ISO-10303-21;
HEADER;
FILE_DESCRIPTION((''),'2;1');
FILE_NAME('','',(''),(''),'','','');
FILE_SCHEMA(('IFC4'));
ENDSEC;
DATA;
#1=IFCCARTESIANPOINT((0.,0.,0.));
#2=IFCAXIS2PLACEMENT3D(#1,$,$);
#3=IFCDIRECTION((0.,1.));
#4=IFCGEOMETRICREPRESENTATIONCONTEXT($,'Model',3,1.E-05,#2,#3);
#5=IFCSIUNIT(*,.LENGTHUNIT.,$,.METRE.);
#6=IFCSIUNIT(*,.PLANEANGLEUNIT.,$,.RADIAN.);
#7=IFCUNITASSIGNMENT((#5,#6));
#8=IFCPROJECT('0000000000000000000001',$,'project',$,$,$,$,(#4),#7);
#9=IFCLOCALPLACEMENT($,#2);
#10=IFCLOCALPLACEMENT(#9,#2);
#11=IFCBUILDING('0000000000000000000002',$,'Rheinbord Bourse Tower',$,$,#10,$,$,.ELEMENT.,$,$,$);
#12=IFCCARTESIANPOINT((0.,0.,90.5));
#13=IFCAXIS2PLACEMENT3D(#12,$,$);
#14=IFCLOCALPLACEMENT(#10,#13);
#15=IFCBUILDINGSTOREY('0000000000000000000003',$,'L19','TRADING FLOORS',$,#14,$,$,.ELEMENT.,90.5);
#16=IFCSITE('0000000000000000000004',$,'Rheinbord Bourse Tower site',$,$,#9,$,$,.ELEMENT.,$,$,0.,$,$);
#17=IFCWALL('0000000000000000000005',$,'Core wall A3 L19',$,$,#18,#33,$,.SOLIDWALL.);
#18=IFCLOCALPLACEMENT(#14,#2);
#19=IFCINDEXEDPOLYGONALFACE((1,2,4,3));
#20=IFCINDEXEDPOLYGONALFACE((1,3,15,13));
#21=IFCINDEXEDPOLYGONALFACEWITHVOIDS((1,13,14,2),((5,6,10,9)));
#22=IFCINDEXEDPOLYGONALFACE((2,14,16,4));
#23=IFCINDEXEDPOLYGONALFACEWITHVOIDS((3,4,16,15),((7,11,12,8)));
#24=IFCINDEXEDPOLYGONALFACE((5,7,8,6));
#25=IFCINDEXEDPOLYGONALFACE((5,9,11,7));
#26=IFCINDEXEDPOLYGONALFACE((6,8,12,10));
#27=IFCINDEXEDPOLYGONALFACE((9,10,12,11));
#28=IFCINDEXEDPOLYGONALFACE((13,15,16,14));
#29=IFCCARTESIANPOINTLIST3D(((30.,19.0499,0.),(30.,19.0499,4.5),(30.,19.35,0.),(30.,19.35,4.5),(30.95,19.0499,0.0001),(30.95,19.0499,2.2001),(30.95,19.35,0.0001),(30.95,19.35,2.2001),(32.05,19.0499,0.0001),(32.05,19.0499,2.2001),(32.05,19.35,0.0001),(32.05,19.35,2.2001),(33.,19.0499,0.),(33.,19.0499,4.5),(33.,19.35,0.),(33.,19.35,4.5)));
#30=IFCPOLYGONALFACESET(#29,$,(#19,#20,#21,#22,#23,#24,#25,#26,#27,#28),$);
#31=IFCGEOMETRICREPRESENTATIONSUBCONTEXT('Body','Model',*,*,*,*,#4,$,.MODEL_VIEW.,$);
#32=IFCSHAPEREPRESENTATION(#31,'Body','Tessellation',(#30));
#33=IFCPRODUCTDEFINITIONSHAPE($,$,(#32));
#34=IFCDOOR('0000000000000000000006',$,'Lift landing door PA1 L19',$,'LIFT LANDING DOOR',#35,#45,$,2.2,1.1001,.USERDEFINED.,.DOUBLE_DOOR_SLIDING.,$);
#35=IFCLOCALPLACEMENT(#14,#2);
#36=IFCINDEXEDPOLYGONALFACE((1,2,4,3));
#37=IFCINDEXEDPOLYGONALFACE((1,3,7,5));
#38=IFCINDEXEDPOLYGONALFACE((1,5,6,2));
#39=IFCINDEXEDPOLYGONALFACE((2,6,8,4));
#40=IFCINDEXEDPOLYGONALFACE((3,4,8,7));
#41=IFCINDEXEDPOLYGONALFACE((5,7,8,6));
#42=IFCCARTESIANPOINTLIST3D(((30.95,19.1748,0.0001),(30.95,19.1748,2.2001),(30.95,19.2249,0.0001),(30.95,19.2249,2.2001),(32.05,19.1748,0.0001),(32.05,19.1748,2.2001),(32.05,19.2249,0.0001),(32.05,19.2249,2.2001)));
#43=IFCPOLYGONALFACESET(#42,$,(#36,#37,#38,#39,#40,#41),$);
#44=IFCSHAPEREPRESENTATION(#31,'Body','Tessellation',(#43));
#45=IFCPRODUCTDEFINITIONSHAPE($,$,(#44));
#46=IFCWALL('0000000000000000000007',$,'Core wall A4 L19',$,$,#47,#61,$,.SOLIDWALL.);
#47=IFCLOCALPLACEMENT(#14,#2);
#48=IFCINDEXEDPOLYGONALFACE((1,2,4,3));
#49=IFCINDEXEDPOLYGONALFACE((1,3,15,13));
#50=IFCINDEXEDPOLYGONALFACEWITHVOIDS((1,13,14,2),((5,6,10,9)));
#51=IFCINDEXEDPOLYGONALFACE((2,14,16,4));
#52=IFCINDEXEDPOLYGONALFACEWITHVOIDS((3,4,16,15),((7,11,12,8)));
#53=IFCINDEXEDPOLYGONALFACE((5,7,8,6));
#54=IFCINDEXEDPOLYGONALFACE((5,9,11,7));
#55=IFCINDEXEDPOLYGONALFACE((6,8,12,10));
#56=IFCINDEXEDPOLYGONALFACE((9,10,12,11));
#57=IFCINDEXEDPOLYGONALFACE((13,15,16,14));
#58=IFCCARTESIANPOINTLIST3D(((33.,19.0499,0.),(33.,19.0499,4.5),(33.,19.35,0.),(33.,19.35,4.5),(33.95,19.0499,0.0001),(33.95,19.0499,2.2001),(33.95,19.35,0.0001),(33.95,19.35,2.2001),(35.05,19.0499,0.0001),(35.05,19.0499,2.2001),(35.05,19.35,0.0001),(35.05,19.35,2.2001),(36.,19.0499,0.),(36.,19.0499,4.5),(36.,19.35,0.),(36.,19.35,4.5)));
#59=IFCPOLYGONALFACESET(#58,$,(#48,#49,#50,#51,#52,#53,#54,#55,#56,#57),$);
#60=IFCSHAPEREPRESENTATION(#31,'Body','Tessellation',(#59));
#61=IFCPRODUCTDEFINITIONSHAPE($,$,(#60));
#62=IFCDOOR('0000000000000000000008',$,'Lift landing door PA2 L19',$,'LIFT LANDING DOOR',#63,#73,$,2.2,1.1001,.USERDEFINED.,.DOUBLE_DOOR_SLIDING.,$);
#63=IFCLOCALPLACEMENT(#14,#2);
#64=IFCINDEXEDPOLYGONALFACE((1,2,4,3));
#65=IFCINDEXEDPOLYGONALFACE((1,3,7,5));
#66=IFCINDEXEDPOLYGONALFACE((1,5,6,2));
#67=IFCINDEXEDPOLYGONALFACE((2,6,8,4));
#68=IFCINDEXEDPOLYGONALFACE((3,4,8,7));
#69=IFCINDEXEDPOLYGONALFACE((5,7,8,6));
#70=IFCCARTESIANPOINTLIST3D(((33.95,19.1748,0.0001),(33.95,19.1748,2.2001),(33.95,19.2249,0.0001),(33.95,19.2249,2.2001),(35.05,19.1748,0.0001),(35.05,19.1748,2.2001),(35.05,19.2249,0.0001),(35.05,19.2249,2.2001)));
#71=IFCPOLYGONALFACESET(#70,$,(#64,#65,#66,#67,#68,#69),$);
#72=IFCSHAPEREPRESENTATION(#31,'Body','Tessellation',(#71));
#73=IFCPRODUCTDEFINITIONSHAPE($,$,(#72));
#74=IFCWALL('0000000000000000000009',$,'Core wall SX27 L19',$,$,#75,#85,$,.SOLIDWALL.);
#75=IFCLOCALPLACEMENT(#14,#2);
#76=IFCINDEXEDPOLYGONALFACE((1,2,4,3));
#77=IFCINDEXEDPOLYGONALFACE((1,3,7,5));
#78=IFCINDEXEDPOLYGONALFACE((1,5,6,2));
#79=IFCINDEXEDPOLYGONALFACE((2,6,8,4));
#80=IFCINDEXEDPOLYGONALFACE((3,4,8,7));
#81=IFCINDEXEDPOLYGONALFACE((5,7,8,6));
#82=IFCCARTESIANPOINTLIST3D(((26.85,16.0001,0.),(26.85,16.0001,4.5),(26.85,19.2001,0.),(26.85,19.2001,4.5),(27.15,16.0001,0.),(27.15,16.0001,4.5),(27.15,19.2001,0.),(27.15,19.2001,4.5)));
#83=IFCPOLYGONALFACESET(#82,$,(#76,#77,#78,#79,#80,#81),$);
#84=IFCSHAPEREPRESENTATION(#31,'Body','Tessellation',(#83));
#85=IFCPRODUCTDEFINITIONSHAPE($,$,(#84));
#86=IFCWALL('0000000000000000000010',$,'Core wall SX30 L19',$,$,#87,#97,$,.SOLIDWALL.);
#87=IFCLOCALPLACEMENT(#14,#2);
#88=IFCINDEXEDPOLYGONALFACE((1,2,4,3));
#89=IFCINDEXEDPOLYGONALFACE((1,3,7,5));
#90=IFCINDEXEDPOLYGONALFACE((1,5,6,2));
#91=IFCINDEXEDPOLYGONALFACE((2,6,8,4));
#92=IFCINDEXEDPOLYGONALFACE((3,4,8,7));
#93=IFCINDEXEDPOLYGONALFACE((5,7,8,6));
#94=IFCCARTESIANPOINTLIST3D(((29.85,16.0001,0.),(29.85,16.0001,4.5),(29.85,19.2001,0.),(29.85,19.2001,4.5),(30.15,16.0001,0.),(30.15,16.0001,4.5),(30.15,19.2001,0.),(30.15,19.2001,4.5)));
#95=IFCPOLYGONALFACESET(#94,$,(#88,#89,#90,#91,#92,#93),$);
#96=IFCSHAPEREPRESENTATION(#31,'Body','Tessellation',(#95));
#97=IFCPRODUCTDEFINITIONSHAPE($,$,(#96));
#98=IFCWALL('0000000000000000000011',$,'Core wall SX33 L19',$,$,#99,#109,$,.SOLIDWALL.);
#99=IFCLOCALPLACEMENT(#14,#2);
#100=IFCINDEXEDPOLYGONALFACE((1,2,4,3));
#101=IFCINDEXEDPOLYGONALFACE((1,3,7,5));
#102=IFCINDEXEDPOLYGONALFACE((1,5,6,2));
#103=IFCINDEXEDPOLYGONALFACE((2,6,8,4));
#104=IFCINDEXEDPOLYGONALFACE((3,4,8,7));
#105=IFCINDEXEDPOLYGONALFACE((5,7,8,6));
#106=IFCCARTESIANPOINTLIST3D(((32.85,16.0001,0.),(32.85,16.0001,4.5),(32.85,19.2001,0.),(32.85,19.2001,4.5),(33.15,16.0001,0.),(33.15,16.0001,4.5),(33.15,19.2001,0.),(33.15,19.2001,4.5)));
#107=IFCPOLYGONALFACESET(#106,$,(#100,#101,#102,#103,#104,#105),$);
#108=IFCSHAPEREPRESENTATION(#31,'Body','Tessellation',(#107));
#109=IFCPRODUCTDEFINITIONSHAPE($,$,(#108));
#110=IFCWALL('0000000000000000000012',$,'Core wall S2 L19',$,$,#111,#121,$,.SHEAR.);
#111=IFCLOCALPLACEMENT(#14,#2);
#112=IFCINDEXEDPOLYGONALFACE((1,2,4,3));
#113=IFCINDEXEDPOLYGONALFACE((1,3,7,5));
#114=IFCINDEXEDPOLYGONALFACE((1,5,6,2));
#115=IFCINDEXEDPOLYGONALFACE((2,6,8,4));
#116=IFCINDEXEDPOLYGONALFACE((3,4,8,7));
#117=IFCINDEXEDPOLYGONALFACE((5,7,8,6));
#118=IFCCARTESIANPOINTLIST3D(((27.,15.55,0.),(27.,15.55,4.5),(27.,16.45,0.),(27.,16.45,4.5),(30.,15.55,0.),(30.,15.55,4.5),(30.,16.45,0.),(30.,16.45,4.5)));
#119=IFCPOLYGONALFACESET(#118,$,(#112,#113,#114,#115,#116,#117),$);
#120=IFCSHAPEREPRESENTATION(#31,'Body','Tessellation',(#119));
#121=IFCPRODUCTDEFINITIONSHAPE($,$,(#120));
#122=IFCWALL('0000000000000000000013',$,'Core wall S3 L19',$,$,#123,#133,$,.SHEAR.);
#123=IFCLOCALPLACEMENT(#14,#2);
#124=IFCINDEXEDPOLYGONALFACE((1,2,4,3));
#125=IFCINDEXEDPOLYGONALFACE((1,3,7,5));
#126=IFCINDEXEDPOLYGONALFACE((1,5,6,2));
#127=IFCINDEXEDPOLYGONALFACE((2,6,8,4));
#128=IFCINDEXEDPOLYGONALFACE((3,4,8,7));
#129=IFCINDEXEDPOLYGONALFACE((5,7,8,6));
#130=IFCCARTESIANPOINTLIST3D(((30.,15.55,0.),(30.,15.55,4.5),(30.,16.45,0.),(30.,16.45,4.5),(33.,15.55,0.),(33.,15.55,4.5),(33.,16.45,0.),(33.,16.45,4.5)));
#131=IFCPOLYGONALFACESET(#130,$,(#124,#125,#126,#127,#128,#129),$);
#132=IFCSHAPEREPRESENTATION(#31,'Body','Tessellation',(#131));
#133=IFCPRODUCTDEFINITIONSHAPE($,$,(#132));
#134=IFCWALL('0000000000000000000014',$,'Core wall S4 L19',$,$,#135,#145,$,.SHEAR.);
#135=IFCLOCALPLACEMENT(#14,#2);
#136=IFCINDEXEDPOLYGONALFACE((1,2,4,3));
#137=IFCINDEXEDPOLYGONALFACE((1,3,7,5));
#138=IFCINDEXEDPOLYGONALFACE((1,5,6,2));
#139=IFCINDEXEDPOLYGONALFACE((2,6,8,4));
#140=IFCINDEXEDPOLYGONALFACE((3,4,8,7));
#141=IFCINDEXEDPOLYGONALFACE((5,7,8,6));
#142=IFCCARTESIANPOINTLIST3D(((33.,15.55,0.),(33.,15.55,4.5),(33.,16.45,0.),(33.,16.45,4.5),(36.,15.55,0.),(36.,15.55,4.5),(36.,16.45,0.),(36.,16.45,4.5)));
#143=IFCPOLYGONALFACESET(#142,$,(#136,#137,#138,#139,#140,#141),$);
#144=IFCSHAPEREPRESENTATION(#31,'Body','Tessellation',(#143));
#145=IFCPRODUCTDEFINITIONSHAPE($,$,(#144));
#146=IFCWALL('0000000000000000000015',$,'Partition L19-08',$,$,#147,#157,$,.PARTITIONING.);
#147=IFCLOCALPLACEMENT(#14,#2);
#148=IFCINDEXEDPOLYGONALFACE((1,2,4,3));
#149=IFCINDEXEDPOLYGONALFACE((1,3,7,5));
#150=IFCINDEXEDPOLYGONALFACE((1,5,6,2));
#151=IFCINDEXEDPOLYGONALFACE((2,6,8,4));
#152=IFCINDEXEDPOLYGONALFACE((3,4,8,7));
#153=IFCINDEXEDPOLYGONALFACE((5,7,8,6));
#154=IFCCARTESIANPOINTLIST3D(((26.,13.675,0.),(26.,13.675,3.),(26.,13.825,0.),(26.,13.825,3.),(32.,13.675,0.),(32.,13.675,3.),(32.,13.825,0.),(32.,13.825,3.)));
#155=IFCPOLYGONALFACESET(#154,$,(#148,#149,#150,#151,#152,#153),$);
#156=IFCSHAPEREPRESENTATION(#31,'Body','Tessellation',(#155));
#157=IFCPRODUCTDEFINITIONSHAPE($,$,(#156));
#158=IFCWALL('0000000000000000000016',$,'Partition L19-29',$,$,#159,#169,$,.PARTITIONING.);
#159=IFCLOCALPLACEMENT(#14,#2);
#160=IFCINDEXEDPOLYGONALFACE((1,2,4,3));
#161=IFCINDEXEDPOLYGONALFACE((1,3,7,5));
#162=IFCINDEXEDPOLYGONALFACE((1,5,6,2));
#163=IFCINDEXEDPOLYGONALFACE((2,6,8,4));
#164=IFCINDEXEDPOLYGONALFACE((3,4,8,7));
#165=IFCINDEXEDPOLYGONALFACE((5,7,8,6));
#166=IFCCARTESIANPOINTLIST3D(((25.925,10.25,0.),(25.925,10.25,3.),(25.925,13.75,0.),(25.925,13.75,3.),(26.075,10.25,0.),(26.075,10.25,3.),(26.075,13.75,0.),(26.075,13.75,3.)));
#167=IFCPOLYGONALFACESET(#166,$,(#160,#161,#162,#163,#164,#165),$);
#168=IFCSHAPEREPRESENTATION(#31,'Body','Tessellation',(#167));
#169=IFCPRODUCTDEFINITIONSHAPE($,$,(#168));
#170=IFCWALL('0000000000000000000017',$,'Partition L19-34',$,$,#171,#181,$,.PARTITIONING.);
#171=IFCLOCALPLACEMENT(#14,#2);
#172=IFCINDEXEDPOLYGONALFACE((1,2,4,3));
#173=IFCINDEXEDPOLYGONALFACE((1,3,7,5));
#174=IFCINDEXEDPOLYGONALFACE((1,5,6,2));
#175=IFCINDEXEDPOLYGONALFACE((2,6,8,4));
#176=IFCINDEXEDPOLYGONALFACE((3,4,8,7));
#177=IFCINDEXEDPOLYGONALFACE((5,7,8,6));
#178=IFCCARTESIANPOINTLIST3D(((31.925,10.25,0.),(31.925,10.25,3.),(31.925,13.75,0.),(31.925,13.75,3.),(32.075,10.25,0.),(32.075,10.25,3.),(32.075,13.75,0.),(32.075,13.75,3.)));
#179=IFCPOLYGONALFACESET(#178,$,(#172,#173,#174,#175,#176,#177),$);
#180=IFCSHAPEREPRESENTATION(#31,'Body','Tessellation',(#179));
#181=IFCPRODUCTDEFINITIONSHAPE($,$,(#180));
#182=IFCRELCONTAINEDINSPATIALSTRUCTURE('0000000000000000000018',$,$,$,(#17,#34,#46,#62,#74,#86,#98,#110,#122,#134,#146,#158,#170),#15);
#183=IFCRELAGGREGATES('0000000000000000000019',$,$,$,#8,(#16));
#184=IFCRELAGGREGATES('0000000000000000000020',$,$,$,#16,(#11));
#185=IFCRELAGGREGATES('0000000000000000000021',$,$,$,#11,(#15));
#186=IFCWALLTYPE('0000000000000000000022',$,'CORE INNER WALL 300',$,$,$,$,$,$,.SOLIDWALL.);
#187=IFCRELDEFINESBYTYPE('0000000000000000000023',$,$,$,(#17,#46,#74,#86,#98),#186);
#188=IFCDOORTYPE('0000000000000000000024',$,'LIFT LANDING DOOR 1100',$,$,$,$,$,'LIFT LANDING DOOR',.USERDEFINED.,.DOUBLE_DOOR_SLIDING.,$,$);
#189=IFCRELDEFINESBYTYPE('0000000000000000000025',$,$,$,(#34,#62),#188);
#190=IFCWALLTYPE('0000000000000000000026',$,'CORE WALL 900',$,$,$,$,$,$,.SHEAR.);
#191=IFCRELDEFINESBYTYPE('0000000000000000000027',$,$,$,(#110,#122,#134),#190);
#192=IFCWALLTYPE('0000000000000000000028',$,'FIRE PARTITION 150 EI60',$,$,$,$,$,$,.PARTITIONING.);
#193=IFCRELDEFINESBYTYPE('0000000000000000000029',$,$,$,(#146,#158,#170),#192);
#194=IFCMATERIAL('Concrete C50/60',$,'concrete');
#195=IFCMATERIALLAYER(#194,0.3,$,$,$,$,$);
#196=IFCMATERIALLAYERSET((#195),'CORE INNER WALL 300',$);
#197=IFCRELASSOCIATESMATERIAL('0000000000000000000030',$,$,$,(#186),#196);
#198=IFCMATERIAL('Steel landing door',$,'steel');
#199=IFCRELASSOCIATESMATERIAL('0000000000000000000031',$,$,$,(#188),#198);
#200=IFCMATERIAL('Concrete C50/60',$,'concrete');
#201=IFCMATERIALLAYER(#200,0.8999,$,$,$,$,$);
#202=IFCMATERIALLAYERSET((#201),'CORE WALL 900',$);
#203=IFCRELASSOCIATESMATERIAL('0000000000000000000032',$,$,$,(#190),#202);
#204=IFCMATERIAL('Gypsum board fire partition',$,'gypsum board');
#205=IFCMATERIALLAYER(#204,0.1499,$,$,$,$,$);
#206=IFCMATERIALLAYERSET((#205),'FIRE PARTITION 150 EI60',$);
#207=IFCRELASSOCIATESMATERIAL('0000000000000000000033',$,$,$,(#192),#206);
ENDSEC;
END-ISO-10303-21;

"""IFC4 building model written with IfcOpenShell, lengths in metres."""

from ifc_helpers import new_model, si_unit, direction, frame, frame_2d, origin, place, context, subcontext, project, spatial, rectangle, extrude, material, layer, layer_set, type_object, element, fill, save


model = new_model("IFC4")

# Units and contexts
model_context = context("Model", 3, precision=1e-05, world=origin(), true_north=direction((0.0, 1.0)))
body_context = subcontext(model_context, "Body", "Model", "MODEL_VIEW")
ifc_project = project(units=[si_unit("LENGTHUNIT", "METRE"), si_unit("PLANEANGLEUNIT", "RADIAN")], contexts=[model_context])

# Site, building, storey
site_placement = place(None, origin())
site = spatial("IfcSite", under=ifc_project, at=site_placement, Name="Rheinbord Bourse Tower site", CompositionType="ELEMENT", RefElevation=0.0)
building_placement = place(site_placement, origin())
building = spatial("IfcBuilding", under=site, at=building_placement, Name="Rheinbord Bourse Tower", CompositionType="ELEMENT")
storey_placement = place(building_placement, frame((0.0, 0.0, 90.5)))
storey = spatial("IfcBuildingStorey", under=building, at=storey_placement, Name="L19", Description="TRADING FLOORS", CompositionType="ELEMENT", Elevation=90.5)

# Walls, openings, doors
ifc_material_1 = material(Name="Concrete C50/60", Category="concrete")
ifc_layer_1 = layer(ifc_material_1, 0.3)
ifc_layer_set_1 = layer_set([ifc_layer_1], Name="CORE INNER WALL 300")
wall_type_1 = type_object("IfcWallType", Name="CORE INNER WALL 300", PredefinedType="SOLIDWALL", material=ifc_layer_set_1)
ifc_material_2 = material(Name="Steel landing door", Category="steel")
door_type_1 = type_object("IfcDoorType", Name="LIFT LANDING DOOR 1100", ElementType="LIFT LANDING DOOR", OperationType="DOUBLE_DOOR_SLIDING", PredefinedType="USERDEFINED", material=ifc_material_2)
wall_1_placement = place(storey_placement, frame((30.0, 19.2, 0.0), z_axis=(0.0, 0.0, 1.0), x_axis=(1.0, 0.0, 0.0)))
wall_1 = element("IfcWall", 1, at=wall_1_placement, inside=storey, type_object=wall_type_1, Name="Core wall A3 L19", PredefinedType="SOLIDWALL", context=body_context, shape_type="SweptSolid", body=[
    extrude(rectangle(XDim=3.0, YDim=0.3, at=frame_2d((1.5, 0.0))), origin(), (0.0, 0.0, 1.0), 4.5),
])
opening_1_placement = place(wall_1_placement, frame((0.95, 0.0, 0.0)))
opening_1 = element("IfcOpeningElement", 2, at=opening_1_placement, cuts=wall_1, PredefinedType="OPENING", context=body_context, shape_type="SweptSolid", body=[
    extrude(rectangle(XDim=1.1001, YDim=2.2, at=frame_2d((0.55, 1.1001))), frame((0.0, 0.1599, 0.0), z_axis=(0.0, -1.0, 0.0), x_axis=(1.0, 0.0, 0.0)), (0.0, 0.0, 1.0), 0.3201),
])
door_1_placement = place(opening_1_placement, origin())
door_1 = element("IfcDoor", 3, at=door_1_placement, inside=storey, type_object=door_type_1, Name="Lift landing door PA1 L19", ObjectType="LIFT LANDING DOOR", OperationType="DOUBLE_DOOR_SLIDING", OverallHeight=2.2, OverallWidth=1.1001, PredefinedType="USERDEFINED", context=body_context, shape_type="SweptSolid", body=[
    extrude(rectangle(XDim=1.1001, YDim=2.2, at=frame_2d((0.55, 1.1001))), frame((0.0, 0.0249, 0.0), z_axis=(0.0, -1.0, 0.0), x_axis=(1.0, 0.0, 0.0)), (0.0, 0.0, 1.0), 0.05),
])
fill(opening_1, door_1)
wall_2_placement = place(storey_placement, frame((33.0, 19.2, 0.0), z_axis=(0.0, 0.0, 1.0), x_axis=(1.0, 0.0, 0.0)))
wall_2 = element("IfcWall", 4, at=wall_2_placement, inside=storey, type_object=wall_type_1, Name="Core wall A4 L19", PredefinedType="SOLIDWALL", context=body_context, shape_type="SweptSolid", body=[
    extrude(rectangle(XDim=3.0, YDim=0.3, at=frame_2d((1.5, 0.0))), origin(), (0.0, 0.0, 1.0), 4.5),
])
opening_2_placement = place(wall_2_placement, frame((0.95, 0.0, 0.0)))
opening_2 = element("IfcOpeningElement", 5, at=opening_2_placement, cuts=wall_2, PredefinedType="OPENING", context=body_context, shape_type="SweptSolid", body=[
    extrude(rectangle(XDim=1.1001, YDim=2.2, at=frame_2d((0.55, 1.1001))), frame((0.0, 0.1599, 0.0), z_axis=(0.0, -1.0, 0.0), x_axis=(1.0, 0.0, 0.0)), (0.0, 0.0, 1.0), 0.3201),
])
door_2_placement = place(opening_2_placement, origin())
door_2 = element("IfcDoor", 6, at=door_2_placement, inside=storey, type_object=door_type_1, Name="Lift landing door PA2 L19", ObjectType="LIFT LANDING DOOR", OperationType="DOUBLE_DOOR_SLIDING", OverallHeight=2.2, OverallWidth=1.1001, PredefinedType="USERDEFINED", context=body_context, shape_type="SweptSolid", body=[
    extrude(rectangle(XDim=1.1001, YDim=2.2, at=frame_2d((0.55, 1.1001))), frame((0.0, 0.0249, 0.0), z_axis=(0.0, -1.0, 0.0), x_axis=(1.0, 0.0, 0.0)), (0.0, 0.0, 1.0), 0.05),
])
fill(opening_2, door_2)

# Walls
for number, where, z_axis, x_axis, name in (
    (7, (27.0, 16.0, 0.0), (0.0, 0.0, 1.0), (0.0, 1.0, 0.0), "Core wall SX27 L19"),
    (8, (30.0, 16.0, 0.0), (0.0, 0.0, 1.0), (0.0, 1.0, 0.0), "Core wall SX30 L19"),
    (9, (33.0, 16.0, 0.0), (0.0, 0.0, 1.0), (0.0, 1.0, 0.0), "Core wall SX33 L19"),
):
    element("IfcWall", number, at=place(storey_placement, frame(where, z_axis=z_axis, x_axis=x_axis)), inside=storey, type_object=wall_type_1, Name=name, PredefinedType="SOLIDWALL", context=body_context, shape_type="SweptSolid", body=[
        extrude(rectangle(XDim=3.2, YDim=0.3, at=frame_2d((1.6001, 0.0))), origin(), (0.0, 0.0, 1.0), 4.5),
    ])
ifc_material_3 = material(Name="Concrete C50/60", Category="concrete")
ifc_layer_2 = layer(ifc_material_3, 0.8999)
ifc_layer_set_2 = layer_set([ifc_layer_2], Name="CORE WALL 900")
wall_type_2 = type_object("IfcWallType", Name="CORE WALL 900", PredefinedType="SHEAR", material=ifc_layer_set_2)
for number, where, z_axis, x_axis, name in (
    (10, (27.0, 16.0, 0.0), (0.0, 0.0, 1.0), (1.0, 0.0, 0.0), "Core wall S2 L19"),
    (11, (30.0, 16.0, 0.0), (0.0, 0.0, 1.0), (1.0, 0.0, 0.0), "Core wall S3 L19"),
    (12, (33.0, 16.0, 0.0), (0.0, 0.0, 1.0), (1.0, 0.0, 0.0), "Core wall S4 L19"),
):
    element("IfcWall", number, at=place(storey_placement, frame(where, z_axis=z_axis, x_axis=x_axis)), inside=storey, type_object=wall_type_2, Name=name, PredefinedType="SHEAR", context=body_context, shape_type="SweptSolid", body=[
        extrude(rectangle(XDim=3.0, YDim=0.8999, at=frame_2d((1.5, 0.0))), origin(), (0.0, 0.0, 1.0), 4.5),
    ])
ifc_material_4 = material(Name="Gypsum board fire partition", Category="gypsum board")
ifc_layer_3 = layer(ifc_material_4, 0.1499)
ifc_layer_set_3 = layer_set([ifc_layer_3], Name="FIRE PARTITION 150 EI60")
wall_type_3 = type_object("IfcWallType", Name="FIRE PARTITION 150 EI60", PredefinedType="PARTITIONING", material=ifc_layer_set_3)
wall_3_placement = place(storey_placement, frame((26.0, 13.75, 0.0), z_axis=(0.0, 0.0, 1.0), x_axis=(1.0, 0.0, 0.0)))
element("IfcWall", 13, at=wall_3_placement, inside=storey, type_object=wall_type_3, Name="Partition L19-08", PredefinedType="PARTITIONING", context=body_context, shape_type="SweptSolid", body=[
    extrude(rectangle(XDim=6.0, YDim=0.1499, at=frame_2d((3.0, 0.0))), origin(), (0.0, 0.0, 1.0), 3.0),
])
for number, where, z_axis, x_axis, name in (
    (14, (26.0, 10.25, 0.0), (0.0, 0.0, 1.0), (0.0, 1.0, 0.0), "Partition L19-29"),
    (15, (32.0, 10.25, 0.0), (0.0, 0.0, 1.0), (0.0, 1.0, 0.0), "Partition L19-34"),
):
    element("IfcWall", number, at=place(storey_placement, frame(where, z_axis=z_axis, x_axis=x_axis)), inside=storey, type_object=wall_type_3, Name=name, PredefinedType="PARTITIONING", context=body_context, shape_type="SweptSolid", body=[
        extrude(rectangle(XDim=3.5, YDim=0.1499, at=frame_2d((1.75, 0.0))), origin(), (0.0, 0.0, 1.0), 3.0),
    ])

save(model, "model.ifc")
